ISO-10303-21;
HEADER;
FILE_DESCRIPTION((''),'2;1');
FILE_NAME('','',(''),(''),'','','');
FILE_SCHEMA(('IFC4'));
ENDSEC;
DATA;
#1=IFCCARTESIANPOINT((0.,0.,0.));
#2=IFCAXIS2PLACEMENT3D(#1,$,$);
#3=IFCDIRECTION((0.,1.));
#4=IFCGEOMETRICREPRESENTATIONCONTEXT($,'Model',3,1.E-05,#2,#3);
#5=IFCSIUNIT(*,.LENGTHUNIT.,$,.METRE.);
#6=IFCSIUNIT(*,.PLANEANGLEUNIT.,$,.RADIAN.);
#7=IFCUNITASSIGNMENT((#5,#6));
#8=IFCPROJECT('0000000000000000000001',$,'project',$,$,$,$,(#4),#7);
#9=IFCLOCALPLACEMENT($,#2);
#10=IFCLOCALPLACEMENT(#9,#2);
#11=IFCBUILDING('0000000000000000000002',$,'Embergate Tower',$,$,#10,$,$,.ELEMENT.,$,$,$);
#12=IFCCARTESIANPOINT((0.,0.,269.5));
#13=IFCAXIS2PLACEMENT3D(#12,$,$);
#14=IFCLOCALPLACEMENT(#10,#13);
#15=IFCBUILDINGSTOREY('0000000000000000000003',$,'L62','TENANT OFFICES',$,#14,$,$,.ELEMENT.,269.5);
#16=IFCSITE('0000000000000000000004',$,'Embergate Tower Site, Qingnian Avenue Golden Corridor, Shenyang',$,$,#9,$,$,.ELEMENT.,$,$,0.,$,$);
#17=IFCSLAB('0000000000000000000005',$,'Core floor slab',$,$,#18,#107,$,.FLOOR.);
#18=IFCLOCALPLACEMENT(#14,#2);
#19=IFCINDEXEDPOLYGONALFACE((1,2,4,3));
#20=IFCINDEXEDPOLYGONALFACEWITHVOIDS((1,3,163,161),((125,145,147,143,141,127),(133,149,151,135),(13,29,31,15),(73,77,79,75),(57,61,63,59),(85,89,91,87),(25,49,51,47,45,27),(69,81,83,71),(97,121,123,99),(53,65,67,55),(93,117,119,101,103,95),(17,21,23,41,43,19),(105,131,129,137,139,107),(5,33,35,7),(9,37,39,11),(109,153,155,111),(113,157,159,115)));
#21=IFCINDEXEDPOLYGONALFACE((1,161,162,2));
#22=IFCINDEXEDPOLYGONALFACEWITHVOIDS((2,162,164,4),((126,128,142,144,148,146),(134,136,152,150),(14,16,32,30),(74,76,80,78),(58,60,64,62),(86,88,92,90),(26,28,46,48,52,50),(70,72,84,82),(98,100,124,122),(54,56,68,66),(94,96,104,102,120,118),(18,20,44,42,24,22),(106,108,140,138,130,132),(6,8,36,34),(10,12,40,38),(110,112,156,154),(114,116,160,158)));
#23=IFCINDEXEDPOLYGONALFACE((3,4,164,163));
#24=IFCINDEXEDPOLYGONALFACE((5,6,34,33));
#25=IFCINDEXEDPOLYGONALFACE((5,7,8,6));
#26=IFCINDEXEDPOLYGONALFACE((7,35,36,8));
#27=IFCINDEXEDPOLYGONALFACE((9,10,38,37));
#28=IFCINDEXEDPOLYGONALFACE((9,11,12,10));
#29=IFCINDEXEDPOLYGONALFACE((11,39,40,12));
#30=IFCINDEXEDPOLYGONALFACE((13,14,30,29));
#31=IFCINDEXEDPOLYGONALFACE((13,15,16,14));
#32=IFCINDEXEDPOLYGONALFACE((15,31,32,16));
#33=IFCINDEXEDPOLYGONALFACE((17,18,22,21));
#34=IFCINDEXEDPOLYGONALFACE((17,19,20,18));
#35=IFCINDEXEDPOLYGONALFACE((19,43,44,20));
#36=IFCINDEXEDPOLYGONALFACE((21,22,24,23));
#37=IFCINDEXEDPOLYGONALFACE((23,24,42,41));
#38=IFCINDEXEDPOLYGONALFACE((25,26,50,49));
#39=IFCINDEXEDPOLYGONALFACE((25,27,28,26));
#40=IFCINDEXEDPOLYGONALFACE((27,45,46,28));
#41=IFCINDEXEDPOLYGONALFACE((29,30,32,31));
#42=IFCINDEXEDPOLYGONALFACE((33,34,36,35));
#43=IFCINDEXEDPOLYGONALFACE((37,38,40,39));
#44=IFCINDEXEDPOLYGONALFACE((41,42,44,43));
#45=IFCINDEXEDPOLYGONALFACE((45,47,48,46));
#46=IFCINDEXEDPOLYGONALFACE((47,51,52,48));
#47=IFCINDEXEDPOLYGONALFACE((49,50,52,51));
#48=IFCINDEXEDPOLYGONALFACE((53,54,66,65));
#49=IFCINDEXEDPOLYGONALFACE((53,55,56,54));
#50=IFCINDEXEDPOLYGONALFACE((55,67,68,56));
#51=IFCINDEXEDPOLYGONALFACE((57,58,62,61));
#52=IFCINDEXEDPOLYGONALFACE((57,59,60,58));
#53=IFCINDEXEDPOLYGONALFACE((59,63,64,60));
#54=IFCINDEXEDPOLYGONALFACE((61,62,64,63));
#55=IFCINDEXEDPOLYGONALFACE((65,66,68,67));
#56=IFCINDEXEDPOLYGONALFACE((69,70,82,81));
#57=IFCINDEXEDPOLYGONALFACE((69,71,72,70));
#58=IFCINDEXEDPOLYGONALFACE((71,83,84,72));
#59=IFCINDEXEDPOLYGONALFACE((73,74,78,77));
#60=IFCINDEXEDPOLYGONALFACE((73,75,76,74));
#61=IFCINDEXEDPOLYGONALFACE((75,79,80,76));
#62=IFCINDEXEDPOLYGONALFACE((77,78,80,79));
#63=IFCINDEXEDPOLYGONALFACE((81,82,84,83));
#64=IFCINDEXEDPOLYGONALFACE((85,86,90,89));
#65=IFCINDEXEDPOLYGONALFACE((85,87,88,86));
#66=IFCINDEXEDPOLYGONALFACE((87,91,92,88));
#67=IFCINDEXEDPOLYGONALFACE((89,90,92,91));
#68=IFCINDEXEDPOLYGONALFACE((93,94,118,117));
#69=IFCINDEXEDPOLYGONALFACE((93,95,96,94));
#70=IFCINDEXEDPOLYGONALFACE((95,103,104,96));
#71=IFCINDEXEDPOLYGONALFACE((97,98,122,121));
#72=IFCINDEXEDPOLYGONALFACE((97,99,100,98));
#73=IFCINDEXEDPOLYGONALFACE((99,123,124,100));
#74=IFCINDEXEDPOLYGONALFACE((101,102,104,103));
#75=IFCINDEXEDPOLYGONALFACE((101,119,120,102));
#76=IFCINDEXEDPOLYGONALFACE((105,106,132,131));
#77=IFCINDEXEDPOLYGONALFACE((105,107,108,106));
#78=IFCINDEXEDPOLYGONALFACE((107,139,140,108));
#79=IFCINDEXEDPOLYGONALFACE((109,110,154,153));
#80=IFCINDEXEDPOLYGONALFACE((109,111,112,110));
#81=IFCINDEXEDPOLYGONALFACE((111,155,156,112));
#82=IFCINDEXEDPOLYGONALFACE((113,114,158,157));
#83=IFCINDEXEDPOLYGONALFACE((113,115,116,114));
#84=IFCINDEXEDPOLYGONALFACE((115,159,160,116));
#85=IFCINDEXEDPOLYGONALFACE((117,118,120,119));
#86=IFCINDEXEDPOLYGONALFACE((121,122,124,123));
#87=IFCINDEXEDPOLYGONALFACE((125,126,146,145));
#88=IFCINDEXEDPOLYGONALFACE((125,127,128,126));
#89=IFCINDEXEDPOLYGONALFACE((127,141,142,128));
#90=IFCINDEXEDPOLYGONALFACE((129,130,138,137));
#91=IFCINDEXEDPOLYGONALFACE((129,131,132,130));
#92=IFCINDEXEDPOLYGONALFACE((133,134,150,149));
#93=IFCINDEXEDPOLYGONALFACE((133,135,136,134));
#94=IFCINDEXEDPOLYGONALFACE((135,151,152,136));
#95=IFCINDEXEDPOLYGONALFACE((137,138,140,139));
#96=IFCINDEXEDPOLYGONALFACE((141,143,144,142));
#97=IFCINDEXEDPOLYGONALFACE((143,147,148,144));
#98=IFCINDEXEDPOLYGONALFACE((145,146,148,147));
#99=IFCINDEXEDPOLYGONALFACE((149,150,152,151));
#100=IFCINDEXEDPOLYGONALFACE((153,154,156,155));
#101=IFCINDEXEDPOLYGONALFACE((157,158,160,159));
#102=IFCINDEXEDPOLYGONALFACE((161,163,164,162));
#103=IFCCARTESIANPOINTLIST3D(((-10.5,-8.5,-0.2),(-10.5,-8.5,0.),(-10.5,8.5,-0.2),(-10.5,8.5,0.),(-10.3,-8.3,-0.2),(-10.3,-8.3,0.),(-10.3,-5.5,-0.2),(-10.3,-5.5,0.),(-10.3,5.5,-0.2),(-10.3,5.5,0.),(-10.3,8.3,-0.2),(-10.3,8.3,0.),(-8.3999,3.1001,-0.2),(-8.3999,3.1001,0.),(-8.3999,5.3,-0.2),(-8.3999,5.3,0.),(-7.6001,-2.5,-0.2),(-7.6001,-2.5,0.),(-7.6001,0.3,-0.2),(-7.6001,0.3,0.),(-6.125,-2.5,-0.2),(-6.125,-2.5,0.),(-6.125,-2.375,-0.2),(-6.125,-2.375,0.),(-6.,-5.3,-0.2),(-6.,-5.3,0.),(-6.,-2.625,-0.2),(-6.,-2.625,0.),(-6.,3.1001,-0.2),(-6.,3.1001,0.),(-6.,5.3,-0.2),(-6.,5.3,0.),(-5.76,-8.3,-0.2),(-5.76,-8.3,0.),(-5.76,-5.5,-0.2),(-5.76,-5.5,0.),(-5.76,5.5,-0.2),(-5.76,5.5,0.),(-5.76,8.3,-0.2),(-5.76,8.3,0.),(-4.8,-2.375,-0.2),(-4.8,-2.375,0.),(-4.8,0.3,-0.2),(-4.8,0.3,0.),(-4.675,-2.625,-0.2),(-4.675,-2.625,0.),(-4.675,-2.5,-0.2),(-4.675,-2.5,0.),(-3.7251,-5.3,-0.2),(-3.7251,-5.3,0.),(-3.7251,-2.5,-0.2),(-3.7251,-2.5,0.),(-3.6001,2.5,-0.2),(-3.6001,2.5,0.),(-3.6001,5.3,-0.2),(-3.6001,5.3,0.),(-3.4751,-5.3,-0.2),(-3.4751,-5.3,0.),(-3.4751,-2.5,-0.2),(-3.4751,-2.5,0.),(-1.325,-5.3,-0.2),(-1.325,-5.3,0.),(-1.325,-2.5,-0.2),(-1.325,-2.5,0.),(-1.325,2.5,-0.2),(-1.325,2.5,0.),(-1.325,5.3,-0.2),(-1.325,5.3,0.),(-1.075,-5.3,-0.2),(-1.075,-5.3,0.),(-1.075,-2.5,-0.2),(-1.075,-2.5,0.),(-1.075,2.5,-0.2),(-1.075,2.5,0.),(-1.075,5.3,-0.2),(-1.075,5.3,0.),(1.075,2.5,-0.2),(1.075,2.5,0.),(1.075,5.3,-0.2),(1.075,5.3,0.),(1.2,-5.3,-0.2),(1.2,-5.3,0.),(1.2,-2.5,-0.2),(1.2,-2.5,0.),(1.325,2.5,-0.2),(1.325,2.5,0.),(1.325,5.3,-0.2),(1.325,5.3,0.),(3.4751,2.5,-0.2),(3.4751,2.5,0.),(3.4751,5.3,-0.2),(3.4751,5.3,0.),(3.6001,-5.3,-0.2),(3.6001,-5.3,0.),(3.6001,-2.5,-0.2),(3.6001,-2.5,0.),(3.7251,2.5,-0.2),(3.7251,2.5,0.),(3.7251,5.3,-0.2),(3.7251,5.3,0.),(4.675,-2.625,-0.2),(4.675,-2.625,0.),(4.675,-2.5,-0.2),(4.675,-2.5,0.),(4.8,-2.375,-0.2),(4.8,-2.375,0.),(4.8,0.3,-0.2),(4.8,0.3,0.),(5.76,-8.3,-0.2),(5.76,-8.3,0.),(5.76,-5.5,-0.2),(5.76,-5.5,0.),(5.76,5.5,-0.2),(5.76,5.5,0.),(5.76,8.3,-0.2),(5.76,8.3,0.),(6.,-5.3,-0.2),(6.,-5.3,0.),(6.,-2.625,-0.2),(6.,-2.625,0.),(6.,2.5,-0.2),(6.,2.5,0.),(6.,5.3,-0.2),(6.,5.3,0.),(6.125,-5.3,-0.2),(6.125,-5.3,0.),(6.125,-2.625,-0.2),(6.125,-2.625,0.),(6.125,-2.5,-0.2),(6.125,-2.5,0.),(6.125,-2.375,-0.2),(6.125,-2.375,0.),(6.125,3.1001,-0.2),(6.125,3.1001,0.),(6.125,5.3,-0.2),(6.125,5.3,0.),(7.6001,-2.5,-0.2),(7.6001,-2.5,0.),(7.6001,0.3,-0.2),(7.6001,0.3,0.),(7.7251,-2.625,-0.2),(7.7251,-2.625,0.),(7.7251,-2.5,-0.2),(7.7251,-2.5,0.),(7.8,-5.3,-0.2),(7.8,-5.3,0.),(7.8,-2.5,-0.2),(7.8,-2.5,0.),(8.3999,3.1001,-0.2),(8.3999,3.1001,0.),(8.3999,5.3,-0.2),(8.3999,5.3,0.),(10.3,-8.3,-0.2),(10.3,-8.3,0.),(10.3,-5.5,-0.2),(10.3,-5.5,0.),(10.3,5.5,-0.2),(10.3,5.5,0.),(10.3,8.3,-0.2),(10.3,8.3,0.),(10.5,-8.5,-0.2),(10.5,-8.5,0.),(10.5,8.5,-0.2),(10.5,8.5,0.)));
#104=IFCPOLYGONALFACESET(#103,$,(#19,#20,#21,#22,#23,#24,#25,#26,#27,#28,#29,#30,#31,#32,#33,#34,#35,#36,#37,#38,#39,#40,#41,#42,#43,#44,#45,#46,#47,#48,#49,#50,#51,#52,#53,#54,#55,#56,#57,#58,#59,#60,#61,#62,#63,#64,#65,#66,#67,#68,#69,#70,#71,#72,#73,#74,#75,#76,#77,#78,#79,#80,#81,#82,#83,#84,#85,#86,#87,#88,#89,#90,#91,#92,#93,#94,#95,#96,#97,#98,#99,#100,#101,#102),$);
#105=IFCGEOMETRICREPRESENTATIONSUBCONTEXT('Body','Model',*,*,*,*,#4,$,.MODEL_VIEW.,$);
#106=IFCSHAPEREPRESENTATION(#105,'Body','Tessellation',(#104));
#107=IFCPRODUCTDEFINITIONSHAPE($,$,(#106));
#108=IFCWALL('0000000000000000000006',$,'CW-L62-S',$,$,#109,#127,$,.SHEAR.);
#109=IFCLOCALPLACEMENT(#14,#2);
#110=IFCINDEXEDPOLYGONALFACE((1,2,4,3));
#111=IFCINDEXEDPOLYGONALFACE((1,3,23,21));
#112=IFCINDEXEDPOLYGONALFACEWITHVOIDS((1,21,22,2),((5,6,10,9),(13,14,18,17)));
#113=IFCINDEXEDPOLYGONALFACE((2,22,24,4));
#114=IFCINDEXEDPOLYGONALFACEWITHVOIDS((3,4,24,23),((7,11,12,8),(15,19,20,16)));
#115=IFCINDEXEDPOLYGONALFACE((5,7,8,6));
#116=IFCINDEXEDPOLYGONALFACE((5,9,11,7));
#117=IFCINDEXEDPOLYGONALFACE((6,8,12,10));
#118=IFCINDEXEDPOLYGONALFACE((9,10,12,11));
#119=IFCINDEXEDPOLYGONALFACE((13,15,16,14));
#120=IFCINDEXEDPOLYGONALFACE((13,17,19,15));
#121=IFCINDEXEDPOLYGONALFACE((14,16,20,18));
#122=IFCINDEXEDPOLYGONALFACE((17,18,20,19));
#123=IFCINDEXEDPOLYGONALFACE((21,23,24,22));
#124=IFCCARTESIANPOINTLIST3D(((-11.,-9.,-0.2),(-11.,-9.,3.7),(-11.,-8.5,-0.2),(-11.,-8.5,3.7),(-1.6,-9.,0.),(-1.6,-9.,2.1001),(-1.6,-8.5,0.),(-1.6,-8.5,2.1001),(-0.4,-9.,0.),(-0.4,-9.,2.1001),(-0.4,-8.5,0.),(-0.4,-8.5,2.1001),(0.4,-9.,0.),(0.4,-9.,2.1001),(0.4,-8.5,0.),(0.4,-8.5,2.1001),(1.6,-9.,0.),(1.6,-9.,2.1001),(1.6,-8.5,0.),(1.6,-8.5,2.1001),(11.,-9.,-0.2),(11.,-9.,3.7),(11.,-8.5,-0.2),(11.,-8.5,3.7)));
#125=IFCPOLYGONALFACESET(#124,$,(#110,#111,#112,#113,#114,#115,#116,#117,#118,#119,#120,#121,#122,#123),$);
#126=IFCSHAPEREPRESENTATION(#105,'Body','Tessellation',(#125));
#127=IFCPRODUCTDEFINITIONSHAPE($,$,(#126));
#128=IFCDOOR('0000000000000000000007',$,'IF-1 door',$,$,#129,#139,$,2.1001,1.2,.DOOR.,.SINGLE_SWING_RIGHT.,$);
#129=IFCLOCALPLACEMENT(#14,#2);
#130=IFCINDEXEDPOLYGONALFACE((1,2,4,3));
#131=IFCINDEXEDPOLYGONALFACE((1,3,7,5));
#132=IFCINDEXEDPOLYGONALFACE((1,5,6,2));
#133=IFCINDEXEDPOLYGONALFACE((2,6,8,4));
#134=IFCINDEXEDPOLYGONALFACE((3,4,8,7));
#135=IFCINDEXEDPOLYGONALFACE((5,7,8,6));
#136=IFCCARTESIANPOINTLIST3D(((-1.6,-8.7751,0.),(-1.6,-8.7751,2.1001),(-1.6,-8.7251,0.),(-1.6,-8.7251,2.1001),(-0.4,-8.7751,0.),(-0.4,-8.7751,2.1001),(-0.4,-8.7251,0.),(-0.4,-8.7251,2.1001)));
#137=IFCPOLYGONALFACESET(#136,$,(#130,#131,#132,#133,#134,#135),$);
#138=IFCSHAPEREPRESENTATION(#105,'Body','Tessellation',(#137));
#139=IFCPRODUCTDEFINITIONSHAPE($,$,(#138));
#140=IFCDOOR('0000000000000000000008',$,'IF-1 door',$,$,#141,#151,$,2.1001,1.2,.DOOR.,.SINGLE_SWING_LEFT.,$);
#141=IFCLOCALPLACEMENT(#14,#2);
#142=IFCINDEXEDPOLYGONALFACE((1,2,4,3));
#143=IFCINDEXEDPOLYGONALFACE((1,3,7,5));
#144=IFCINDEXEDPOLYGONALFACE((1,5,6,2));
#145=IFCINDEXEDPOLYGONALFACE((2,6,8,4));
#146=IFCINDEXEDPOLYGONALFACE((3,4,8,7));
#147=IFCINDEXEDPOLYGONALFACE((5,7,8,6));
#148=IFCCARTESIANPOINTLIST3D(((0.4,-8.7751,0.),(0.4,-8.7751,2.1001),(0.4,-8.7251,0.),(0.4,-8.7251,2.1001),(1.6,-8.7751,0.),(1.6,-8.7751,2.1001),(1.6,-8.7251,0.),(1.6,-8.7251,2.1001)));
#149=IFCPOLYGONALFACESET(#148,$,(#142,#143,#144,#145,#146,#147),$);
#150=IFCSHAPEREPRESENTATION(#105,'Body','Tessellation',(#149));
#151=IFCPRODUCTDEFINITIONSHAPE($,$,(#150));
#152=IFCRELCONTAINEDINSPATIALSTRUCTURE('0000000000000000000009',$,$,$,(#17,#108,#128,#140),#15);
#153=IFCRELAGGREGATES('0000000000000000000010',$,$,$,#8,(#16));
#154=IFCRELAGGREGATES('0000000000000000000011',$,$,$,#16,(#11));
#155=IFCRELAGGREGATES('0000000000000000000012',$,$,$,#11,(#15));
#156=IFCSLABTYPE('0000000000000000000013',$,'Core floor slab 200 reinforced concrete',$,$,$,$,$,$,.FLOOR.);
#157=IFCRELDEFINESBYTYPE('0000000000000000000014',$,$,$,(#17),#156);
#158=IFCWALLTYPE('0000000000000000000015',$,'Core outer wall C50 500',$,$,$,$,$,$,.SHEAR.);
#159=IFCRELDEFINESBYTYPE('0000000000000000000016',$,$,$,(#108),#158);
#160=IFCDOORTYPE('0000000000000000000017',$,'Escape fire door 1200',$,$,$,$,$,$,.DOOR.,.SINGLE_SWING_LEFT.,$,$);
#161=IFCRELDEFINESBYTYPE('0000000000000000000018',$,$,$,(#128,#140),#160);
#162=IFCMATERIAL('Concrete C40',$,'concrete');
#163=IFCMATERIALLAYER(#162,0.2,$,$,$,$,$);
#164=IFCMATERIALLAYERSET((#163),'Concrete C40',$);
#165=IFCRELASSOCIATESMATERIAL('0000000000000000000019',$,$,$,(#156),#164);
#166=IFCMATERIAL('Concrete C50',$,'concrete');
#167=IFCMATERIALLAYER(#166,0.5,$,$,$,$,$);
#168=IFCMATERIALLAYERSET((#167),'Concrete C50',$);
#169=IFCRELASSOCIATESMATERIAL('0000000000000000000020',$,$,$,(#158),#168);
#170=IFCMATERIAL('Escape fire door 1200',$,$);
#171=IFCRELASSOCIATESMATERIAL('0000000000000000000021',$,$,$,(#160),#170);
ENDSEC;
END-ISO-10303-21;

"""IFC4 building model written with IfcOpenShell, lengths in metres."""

from ifc_helpers import new_model, si_unit, direction, frame, frame_2d, origin, place, context, subcontext, project, spatial, polyline, rectangle, outline, extrude, source, transform, mapped, material, layer, layer_set, type_object, element, fill, save


model = new_model("IFC4")

# Units and contexts
model_context = context("Model", 3, precision=1e-05, world=origin(), true_north=direction((0.0, 1.0)))
body_context = subcontext(model_context, "Body", "Model", "MODEL_VIEW")
ifc_project = project(units=[si_unit("LENGTHUNIT", "METRE"), si_unit("PLANEANGLEUNIT", "RADIAN")], contexts=[model_context])

# Site, building, storey
site_placement = place(None, origin())
site = spatial("IfcSite", under=ifc_project, at=site_placement, Name="Embergate Tower Site, Qingnian Avenue Golden Corridor, Shenyang", CompositionType="ELEMENT", RefElevation=0.0)
building_placement = place(site_placement, origin())
building = spatial("IfcBuilding", under=site, at=building_placement, Name="Embergate Tower", CompositionType="ELEMENT")
storey_placement = place(building_placement, frame((0.0, 0.0, 269.5)))
storey = spatial("IfcBuildingStorey", under=building, at=storey_placement, Name="L62", Description="TENANT OFFICES", CompositionType="ELEMENT", Elevation=269.5)

# Slab
ifc_material_1 = material(Name="Concrete C40", Category="concrete")
ifc_layer_1 = layer(ifc_material_1, 0.2)
ifc_layer_set_1 = layer_set([ifc_layer_1], Name="Concrete C40")
slab_type = type_object("IfcSlabType", Name="Core floor slab 200 reinforced concrete", PredefinedType="FLOOR", material=ifc_layer_set_1)
shared_shape_1 = source(origin(), body_context, "Body", "SweptSolid", [
    extrude(outline(polyline([(0.0, 0.0), (21.0, 0.0), (21.0, 17.0), (0.0, 17.0), (0.0, 0.0)]), holes=[polyline([(0.2, 0.2), (0.2, 3.0), (4.74, 3.0), (4.74, 0.2), (0.2, 0.2)]), polyline([(16.26, 0.2), (16.26, 3.0), (20.8, 3.0), (20.8, 0.2), (16.26, 0.2)]), polyline([(4.5, 3.2), (4.5, 5.875), (5.825, 5.875), (5.825, 6.0), (6.7749, 6.0), (6.7749, 3.2), (4.5, 3.2)]), polyline([(7.0249, 3.2), (7.0249, 6.0), (9.175, 6.0), (9.175, 3.2), (7.0249, 3.2)]), polyline([(9.425, 3.2), (9.425, 6.0), (11.7, 6.0), (11.7, 3.2), (9.425, 3.2)]), polyline([(14.1001, 3.2), (14.1001, 6.0), (15.175, 6.0), (15.175, 5.875), (16.5, 5.875), (16.5, 3.2), (14.1001, 3.2)]), polyline([(16.625, 3.2), (16.625, 5.875), (18.2251, 5.875), (18.2251, 6.0), (18.3, 6.0), (18.3, 3.2), (16.625, 3.2)]), polyline([(2.8999, 6.0), (2.8999, 8.8), (5.7, 8.8), (5.7, 6.125), (4.375, 6.125), (4.375, 6.0), (2.8999, 6.0)]), polyline([(16.625, 6.0), (16.625, 6.125), (15.3, 6.125), (15.3, 8.8), (18.1001, 8.8), (18.1001, 6.0), (16.625, 6.0)]), polyline([(6.8999, 11.0), (6.8999, 13.8), (9.175, 13.8), (9.175, 11.0), (6.8999, 11.0)]), polyline([(9.425, 11.0), (9.425, 13.8), (11.575, 13.8), (11.575, 11.0), (9.425, 11.0)]), polyline([(11.825, 11.0), (11.825, 13.8), (13.9751, 13.8), (13.9751, 11.0), (11.825, 11.0)]), polyline([(14.2251, 11.0), (14.2251, 13.8), (16.5, 13.8), (16.5, 11.0), (14.2251, 11.0)]), polyline([(2.1001, 11.6001), (2.1001, 13.8), (4.5, 13.8), (4.5, 11.6001), (2.1001, 11.6001)]), polyline([(16.625, 11.6001), (16.625, 13.8), (18.8999, 13.8), (18.8999, 11.6001), (16.625, 11.6001)]), polyline([(0.2, 14.0), (0.2, 16.8), (4.74, 16.8), (4.74, 14.0), (0.2, 14.0)]), polyline([(16.26, 14.0), (16.26, 16.8), (20.8, 16.8), (20.8, 14.0), (16.26, 14.0)])]), origin(), (0.0, 0.0, 1.0), 0.2),
])
slab_placement = place(storey_placement, frame((-10.5, -8.5, -0.2)))
element("IfcSlab", 1, at=slab_placement, inside=storey, type_object=slab_type, Name="Core floor slab", PredefinedType="FLOOR", context=body_context, shape_type="MappedRepresentation", body=[
    mapped(shared_shape_1, transform((0.0, 0.0, 0.0))),
])

# Wall, openings, doors
ifc_material_2 = material(Name="Concrete C50", Category="concrete")
ifc_layer_2 = layer(ifc_material_2, 0.5)
ifc_layer_set_2 = layer_set([ifc_layer_2], Name="Concrete C50")
wall_type_1 = type_object("IfcWallType", Name="Core outer wall C50 500", PredefinedType="SHEAR", material=ifc_layer_set_2)
shared_shape_2 = source(origin(), body_context, "Body", "SweptSolid", [
    extrude(rectangle(XDim=22.0, YDim=0.5, at=frame_2d((11.0, 0.0))), origin(), (0.0, 0.0, 1.0), 3.8999),
])
wall_1_placement = place(storey_placement, frame((-11.0, -8.75, -0.2), z_axis=(0.0, 0.0, 1.0), x_axis=(1.0, 0.0, 0.0)))
wall_1 = element("IfcWall", 2, at=wall_1_placement, inside=storey, type_object=wall_type_1, Name="CW-L62-S", PredefinedType="SHEAR", context=body_context, shape_type="MappedRepresentation", body=[
    mapped(shared_shape_2, transform((0.0, 0.0, 0.0))),
])
shared_shape_3 = source(origin(), body_context, "Body", "SweptSolid", [
    extrude(rectangle(XDim=1.2, YDim=2.1001, at=frame_2d((0.6001, 1.05))), frame((0.0, 0.26, 0.0), z_axis=(0.0, -1.0, 0.0), x_axis=(1.0, 0.0, 0.0)), (0.0, 0.0, 1.0), 0.52),
])
opening_1_placement = place(wall_1_placement, frame((9.3999, 0.0, 0.2)))
opening_1 = element("IfcOpeningElement", 3, at=opening_1_placement, cuts=wall_1, PredefinedType="OPENING", context=body_context, shape_type="MappedRepresentation", body=[
    mapped(shared_shape_3, transform((0.0, 0.0, 0.0))),
])
opening_2_placement = place(wall_1_placement, frame((11.3999, 0.0, 0.2)))
opening_2 = element("IfcOpeningElement", 4, at=opening_2_placement, cuts=wall_1, PredefinedType="OPENING", context=body_context, shape_type="MappedRepresentation", body=[
    mapped(shared_shape_3, transform((0.0, 0.0, 0.0))),
])
ifc_material_3 = material(Name="Escape fire door 1200")
door_type_1 = type_object("IfcDoorType", Name="Escape fire door 1200", OperationType="SINGLE_SWING_LEFT", PredefinedType="DOOR", material=ifc_material_3)
shared_shape_4 = source(origin(), body_context, "Body", "SweptSolid", [
    extrude(rectangle(XDim=1.2, YDim=2.1001, at=frame_2d((0.6001, 1.05))), frame((0.0, 0.0249, 0.0), z_axis=(0.0, -1.0, 0.0), x_axis=(1.0, 0.0, 0.0)), (0.0, 0.0, 1.0), 0.05),
])
door_1_placement = place(opening_1_placement, origin())
door_1 = element("IfcDoor", 5, at=door_1_placement, inside=storey, type_object=door_type_1, Name="IF-1 door", OperationType="SINGLE_SWING_RIGHT", OverallHeight=2.1001, OverallWidth=1.2, PredefinedType="DOOR", context=body_context, shape_type="MappedRepresentation", body=[
    mapped(shared_shape_4, transform((0.0, 0.0, 0.0))),
])
fill(opening_1, door_1)
door_2_placement = place(opening_2_placement, origin())
door_2 = element("IfcDoor", 6, at=door_2_placement, inside=storey, type_object=door_type_1, Name="IF-1 door", OperationType="SINGLE_SWING_LEFT", OverallHeight=2.1001, OverallWidth=1.2, PredefinedType="DOOR", context=body_context, shape_type="MappedRepresentation", body=[
    mapped(shared_shape_4, transform((0.0, 0.0, 0.0))),
])
fill(opening_2, door_2)

save(model, "model.ifc")
